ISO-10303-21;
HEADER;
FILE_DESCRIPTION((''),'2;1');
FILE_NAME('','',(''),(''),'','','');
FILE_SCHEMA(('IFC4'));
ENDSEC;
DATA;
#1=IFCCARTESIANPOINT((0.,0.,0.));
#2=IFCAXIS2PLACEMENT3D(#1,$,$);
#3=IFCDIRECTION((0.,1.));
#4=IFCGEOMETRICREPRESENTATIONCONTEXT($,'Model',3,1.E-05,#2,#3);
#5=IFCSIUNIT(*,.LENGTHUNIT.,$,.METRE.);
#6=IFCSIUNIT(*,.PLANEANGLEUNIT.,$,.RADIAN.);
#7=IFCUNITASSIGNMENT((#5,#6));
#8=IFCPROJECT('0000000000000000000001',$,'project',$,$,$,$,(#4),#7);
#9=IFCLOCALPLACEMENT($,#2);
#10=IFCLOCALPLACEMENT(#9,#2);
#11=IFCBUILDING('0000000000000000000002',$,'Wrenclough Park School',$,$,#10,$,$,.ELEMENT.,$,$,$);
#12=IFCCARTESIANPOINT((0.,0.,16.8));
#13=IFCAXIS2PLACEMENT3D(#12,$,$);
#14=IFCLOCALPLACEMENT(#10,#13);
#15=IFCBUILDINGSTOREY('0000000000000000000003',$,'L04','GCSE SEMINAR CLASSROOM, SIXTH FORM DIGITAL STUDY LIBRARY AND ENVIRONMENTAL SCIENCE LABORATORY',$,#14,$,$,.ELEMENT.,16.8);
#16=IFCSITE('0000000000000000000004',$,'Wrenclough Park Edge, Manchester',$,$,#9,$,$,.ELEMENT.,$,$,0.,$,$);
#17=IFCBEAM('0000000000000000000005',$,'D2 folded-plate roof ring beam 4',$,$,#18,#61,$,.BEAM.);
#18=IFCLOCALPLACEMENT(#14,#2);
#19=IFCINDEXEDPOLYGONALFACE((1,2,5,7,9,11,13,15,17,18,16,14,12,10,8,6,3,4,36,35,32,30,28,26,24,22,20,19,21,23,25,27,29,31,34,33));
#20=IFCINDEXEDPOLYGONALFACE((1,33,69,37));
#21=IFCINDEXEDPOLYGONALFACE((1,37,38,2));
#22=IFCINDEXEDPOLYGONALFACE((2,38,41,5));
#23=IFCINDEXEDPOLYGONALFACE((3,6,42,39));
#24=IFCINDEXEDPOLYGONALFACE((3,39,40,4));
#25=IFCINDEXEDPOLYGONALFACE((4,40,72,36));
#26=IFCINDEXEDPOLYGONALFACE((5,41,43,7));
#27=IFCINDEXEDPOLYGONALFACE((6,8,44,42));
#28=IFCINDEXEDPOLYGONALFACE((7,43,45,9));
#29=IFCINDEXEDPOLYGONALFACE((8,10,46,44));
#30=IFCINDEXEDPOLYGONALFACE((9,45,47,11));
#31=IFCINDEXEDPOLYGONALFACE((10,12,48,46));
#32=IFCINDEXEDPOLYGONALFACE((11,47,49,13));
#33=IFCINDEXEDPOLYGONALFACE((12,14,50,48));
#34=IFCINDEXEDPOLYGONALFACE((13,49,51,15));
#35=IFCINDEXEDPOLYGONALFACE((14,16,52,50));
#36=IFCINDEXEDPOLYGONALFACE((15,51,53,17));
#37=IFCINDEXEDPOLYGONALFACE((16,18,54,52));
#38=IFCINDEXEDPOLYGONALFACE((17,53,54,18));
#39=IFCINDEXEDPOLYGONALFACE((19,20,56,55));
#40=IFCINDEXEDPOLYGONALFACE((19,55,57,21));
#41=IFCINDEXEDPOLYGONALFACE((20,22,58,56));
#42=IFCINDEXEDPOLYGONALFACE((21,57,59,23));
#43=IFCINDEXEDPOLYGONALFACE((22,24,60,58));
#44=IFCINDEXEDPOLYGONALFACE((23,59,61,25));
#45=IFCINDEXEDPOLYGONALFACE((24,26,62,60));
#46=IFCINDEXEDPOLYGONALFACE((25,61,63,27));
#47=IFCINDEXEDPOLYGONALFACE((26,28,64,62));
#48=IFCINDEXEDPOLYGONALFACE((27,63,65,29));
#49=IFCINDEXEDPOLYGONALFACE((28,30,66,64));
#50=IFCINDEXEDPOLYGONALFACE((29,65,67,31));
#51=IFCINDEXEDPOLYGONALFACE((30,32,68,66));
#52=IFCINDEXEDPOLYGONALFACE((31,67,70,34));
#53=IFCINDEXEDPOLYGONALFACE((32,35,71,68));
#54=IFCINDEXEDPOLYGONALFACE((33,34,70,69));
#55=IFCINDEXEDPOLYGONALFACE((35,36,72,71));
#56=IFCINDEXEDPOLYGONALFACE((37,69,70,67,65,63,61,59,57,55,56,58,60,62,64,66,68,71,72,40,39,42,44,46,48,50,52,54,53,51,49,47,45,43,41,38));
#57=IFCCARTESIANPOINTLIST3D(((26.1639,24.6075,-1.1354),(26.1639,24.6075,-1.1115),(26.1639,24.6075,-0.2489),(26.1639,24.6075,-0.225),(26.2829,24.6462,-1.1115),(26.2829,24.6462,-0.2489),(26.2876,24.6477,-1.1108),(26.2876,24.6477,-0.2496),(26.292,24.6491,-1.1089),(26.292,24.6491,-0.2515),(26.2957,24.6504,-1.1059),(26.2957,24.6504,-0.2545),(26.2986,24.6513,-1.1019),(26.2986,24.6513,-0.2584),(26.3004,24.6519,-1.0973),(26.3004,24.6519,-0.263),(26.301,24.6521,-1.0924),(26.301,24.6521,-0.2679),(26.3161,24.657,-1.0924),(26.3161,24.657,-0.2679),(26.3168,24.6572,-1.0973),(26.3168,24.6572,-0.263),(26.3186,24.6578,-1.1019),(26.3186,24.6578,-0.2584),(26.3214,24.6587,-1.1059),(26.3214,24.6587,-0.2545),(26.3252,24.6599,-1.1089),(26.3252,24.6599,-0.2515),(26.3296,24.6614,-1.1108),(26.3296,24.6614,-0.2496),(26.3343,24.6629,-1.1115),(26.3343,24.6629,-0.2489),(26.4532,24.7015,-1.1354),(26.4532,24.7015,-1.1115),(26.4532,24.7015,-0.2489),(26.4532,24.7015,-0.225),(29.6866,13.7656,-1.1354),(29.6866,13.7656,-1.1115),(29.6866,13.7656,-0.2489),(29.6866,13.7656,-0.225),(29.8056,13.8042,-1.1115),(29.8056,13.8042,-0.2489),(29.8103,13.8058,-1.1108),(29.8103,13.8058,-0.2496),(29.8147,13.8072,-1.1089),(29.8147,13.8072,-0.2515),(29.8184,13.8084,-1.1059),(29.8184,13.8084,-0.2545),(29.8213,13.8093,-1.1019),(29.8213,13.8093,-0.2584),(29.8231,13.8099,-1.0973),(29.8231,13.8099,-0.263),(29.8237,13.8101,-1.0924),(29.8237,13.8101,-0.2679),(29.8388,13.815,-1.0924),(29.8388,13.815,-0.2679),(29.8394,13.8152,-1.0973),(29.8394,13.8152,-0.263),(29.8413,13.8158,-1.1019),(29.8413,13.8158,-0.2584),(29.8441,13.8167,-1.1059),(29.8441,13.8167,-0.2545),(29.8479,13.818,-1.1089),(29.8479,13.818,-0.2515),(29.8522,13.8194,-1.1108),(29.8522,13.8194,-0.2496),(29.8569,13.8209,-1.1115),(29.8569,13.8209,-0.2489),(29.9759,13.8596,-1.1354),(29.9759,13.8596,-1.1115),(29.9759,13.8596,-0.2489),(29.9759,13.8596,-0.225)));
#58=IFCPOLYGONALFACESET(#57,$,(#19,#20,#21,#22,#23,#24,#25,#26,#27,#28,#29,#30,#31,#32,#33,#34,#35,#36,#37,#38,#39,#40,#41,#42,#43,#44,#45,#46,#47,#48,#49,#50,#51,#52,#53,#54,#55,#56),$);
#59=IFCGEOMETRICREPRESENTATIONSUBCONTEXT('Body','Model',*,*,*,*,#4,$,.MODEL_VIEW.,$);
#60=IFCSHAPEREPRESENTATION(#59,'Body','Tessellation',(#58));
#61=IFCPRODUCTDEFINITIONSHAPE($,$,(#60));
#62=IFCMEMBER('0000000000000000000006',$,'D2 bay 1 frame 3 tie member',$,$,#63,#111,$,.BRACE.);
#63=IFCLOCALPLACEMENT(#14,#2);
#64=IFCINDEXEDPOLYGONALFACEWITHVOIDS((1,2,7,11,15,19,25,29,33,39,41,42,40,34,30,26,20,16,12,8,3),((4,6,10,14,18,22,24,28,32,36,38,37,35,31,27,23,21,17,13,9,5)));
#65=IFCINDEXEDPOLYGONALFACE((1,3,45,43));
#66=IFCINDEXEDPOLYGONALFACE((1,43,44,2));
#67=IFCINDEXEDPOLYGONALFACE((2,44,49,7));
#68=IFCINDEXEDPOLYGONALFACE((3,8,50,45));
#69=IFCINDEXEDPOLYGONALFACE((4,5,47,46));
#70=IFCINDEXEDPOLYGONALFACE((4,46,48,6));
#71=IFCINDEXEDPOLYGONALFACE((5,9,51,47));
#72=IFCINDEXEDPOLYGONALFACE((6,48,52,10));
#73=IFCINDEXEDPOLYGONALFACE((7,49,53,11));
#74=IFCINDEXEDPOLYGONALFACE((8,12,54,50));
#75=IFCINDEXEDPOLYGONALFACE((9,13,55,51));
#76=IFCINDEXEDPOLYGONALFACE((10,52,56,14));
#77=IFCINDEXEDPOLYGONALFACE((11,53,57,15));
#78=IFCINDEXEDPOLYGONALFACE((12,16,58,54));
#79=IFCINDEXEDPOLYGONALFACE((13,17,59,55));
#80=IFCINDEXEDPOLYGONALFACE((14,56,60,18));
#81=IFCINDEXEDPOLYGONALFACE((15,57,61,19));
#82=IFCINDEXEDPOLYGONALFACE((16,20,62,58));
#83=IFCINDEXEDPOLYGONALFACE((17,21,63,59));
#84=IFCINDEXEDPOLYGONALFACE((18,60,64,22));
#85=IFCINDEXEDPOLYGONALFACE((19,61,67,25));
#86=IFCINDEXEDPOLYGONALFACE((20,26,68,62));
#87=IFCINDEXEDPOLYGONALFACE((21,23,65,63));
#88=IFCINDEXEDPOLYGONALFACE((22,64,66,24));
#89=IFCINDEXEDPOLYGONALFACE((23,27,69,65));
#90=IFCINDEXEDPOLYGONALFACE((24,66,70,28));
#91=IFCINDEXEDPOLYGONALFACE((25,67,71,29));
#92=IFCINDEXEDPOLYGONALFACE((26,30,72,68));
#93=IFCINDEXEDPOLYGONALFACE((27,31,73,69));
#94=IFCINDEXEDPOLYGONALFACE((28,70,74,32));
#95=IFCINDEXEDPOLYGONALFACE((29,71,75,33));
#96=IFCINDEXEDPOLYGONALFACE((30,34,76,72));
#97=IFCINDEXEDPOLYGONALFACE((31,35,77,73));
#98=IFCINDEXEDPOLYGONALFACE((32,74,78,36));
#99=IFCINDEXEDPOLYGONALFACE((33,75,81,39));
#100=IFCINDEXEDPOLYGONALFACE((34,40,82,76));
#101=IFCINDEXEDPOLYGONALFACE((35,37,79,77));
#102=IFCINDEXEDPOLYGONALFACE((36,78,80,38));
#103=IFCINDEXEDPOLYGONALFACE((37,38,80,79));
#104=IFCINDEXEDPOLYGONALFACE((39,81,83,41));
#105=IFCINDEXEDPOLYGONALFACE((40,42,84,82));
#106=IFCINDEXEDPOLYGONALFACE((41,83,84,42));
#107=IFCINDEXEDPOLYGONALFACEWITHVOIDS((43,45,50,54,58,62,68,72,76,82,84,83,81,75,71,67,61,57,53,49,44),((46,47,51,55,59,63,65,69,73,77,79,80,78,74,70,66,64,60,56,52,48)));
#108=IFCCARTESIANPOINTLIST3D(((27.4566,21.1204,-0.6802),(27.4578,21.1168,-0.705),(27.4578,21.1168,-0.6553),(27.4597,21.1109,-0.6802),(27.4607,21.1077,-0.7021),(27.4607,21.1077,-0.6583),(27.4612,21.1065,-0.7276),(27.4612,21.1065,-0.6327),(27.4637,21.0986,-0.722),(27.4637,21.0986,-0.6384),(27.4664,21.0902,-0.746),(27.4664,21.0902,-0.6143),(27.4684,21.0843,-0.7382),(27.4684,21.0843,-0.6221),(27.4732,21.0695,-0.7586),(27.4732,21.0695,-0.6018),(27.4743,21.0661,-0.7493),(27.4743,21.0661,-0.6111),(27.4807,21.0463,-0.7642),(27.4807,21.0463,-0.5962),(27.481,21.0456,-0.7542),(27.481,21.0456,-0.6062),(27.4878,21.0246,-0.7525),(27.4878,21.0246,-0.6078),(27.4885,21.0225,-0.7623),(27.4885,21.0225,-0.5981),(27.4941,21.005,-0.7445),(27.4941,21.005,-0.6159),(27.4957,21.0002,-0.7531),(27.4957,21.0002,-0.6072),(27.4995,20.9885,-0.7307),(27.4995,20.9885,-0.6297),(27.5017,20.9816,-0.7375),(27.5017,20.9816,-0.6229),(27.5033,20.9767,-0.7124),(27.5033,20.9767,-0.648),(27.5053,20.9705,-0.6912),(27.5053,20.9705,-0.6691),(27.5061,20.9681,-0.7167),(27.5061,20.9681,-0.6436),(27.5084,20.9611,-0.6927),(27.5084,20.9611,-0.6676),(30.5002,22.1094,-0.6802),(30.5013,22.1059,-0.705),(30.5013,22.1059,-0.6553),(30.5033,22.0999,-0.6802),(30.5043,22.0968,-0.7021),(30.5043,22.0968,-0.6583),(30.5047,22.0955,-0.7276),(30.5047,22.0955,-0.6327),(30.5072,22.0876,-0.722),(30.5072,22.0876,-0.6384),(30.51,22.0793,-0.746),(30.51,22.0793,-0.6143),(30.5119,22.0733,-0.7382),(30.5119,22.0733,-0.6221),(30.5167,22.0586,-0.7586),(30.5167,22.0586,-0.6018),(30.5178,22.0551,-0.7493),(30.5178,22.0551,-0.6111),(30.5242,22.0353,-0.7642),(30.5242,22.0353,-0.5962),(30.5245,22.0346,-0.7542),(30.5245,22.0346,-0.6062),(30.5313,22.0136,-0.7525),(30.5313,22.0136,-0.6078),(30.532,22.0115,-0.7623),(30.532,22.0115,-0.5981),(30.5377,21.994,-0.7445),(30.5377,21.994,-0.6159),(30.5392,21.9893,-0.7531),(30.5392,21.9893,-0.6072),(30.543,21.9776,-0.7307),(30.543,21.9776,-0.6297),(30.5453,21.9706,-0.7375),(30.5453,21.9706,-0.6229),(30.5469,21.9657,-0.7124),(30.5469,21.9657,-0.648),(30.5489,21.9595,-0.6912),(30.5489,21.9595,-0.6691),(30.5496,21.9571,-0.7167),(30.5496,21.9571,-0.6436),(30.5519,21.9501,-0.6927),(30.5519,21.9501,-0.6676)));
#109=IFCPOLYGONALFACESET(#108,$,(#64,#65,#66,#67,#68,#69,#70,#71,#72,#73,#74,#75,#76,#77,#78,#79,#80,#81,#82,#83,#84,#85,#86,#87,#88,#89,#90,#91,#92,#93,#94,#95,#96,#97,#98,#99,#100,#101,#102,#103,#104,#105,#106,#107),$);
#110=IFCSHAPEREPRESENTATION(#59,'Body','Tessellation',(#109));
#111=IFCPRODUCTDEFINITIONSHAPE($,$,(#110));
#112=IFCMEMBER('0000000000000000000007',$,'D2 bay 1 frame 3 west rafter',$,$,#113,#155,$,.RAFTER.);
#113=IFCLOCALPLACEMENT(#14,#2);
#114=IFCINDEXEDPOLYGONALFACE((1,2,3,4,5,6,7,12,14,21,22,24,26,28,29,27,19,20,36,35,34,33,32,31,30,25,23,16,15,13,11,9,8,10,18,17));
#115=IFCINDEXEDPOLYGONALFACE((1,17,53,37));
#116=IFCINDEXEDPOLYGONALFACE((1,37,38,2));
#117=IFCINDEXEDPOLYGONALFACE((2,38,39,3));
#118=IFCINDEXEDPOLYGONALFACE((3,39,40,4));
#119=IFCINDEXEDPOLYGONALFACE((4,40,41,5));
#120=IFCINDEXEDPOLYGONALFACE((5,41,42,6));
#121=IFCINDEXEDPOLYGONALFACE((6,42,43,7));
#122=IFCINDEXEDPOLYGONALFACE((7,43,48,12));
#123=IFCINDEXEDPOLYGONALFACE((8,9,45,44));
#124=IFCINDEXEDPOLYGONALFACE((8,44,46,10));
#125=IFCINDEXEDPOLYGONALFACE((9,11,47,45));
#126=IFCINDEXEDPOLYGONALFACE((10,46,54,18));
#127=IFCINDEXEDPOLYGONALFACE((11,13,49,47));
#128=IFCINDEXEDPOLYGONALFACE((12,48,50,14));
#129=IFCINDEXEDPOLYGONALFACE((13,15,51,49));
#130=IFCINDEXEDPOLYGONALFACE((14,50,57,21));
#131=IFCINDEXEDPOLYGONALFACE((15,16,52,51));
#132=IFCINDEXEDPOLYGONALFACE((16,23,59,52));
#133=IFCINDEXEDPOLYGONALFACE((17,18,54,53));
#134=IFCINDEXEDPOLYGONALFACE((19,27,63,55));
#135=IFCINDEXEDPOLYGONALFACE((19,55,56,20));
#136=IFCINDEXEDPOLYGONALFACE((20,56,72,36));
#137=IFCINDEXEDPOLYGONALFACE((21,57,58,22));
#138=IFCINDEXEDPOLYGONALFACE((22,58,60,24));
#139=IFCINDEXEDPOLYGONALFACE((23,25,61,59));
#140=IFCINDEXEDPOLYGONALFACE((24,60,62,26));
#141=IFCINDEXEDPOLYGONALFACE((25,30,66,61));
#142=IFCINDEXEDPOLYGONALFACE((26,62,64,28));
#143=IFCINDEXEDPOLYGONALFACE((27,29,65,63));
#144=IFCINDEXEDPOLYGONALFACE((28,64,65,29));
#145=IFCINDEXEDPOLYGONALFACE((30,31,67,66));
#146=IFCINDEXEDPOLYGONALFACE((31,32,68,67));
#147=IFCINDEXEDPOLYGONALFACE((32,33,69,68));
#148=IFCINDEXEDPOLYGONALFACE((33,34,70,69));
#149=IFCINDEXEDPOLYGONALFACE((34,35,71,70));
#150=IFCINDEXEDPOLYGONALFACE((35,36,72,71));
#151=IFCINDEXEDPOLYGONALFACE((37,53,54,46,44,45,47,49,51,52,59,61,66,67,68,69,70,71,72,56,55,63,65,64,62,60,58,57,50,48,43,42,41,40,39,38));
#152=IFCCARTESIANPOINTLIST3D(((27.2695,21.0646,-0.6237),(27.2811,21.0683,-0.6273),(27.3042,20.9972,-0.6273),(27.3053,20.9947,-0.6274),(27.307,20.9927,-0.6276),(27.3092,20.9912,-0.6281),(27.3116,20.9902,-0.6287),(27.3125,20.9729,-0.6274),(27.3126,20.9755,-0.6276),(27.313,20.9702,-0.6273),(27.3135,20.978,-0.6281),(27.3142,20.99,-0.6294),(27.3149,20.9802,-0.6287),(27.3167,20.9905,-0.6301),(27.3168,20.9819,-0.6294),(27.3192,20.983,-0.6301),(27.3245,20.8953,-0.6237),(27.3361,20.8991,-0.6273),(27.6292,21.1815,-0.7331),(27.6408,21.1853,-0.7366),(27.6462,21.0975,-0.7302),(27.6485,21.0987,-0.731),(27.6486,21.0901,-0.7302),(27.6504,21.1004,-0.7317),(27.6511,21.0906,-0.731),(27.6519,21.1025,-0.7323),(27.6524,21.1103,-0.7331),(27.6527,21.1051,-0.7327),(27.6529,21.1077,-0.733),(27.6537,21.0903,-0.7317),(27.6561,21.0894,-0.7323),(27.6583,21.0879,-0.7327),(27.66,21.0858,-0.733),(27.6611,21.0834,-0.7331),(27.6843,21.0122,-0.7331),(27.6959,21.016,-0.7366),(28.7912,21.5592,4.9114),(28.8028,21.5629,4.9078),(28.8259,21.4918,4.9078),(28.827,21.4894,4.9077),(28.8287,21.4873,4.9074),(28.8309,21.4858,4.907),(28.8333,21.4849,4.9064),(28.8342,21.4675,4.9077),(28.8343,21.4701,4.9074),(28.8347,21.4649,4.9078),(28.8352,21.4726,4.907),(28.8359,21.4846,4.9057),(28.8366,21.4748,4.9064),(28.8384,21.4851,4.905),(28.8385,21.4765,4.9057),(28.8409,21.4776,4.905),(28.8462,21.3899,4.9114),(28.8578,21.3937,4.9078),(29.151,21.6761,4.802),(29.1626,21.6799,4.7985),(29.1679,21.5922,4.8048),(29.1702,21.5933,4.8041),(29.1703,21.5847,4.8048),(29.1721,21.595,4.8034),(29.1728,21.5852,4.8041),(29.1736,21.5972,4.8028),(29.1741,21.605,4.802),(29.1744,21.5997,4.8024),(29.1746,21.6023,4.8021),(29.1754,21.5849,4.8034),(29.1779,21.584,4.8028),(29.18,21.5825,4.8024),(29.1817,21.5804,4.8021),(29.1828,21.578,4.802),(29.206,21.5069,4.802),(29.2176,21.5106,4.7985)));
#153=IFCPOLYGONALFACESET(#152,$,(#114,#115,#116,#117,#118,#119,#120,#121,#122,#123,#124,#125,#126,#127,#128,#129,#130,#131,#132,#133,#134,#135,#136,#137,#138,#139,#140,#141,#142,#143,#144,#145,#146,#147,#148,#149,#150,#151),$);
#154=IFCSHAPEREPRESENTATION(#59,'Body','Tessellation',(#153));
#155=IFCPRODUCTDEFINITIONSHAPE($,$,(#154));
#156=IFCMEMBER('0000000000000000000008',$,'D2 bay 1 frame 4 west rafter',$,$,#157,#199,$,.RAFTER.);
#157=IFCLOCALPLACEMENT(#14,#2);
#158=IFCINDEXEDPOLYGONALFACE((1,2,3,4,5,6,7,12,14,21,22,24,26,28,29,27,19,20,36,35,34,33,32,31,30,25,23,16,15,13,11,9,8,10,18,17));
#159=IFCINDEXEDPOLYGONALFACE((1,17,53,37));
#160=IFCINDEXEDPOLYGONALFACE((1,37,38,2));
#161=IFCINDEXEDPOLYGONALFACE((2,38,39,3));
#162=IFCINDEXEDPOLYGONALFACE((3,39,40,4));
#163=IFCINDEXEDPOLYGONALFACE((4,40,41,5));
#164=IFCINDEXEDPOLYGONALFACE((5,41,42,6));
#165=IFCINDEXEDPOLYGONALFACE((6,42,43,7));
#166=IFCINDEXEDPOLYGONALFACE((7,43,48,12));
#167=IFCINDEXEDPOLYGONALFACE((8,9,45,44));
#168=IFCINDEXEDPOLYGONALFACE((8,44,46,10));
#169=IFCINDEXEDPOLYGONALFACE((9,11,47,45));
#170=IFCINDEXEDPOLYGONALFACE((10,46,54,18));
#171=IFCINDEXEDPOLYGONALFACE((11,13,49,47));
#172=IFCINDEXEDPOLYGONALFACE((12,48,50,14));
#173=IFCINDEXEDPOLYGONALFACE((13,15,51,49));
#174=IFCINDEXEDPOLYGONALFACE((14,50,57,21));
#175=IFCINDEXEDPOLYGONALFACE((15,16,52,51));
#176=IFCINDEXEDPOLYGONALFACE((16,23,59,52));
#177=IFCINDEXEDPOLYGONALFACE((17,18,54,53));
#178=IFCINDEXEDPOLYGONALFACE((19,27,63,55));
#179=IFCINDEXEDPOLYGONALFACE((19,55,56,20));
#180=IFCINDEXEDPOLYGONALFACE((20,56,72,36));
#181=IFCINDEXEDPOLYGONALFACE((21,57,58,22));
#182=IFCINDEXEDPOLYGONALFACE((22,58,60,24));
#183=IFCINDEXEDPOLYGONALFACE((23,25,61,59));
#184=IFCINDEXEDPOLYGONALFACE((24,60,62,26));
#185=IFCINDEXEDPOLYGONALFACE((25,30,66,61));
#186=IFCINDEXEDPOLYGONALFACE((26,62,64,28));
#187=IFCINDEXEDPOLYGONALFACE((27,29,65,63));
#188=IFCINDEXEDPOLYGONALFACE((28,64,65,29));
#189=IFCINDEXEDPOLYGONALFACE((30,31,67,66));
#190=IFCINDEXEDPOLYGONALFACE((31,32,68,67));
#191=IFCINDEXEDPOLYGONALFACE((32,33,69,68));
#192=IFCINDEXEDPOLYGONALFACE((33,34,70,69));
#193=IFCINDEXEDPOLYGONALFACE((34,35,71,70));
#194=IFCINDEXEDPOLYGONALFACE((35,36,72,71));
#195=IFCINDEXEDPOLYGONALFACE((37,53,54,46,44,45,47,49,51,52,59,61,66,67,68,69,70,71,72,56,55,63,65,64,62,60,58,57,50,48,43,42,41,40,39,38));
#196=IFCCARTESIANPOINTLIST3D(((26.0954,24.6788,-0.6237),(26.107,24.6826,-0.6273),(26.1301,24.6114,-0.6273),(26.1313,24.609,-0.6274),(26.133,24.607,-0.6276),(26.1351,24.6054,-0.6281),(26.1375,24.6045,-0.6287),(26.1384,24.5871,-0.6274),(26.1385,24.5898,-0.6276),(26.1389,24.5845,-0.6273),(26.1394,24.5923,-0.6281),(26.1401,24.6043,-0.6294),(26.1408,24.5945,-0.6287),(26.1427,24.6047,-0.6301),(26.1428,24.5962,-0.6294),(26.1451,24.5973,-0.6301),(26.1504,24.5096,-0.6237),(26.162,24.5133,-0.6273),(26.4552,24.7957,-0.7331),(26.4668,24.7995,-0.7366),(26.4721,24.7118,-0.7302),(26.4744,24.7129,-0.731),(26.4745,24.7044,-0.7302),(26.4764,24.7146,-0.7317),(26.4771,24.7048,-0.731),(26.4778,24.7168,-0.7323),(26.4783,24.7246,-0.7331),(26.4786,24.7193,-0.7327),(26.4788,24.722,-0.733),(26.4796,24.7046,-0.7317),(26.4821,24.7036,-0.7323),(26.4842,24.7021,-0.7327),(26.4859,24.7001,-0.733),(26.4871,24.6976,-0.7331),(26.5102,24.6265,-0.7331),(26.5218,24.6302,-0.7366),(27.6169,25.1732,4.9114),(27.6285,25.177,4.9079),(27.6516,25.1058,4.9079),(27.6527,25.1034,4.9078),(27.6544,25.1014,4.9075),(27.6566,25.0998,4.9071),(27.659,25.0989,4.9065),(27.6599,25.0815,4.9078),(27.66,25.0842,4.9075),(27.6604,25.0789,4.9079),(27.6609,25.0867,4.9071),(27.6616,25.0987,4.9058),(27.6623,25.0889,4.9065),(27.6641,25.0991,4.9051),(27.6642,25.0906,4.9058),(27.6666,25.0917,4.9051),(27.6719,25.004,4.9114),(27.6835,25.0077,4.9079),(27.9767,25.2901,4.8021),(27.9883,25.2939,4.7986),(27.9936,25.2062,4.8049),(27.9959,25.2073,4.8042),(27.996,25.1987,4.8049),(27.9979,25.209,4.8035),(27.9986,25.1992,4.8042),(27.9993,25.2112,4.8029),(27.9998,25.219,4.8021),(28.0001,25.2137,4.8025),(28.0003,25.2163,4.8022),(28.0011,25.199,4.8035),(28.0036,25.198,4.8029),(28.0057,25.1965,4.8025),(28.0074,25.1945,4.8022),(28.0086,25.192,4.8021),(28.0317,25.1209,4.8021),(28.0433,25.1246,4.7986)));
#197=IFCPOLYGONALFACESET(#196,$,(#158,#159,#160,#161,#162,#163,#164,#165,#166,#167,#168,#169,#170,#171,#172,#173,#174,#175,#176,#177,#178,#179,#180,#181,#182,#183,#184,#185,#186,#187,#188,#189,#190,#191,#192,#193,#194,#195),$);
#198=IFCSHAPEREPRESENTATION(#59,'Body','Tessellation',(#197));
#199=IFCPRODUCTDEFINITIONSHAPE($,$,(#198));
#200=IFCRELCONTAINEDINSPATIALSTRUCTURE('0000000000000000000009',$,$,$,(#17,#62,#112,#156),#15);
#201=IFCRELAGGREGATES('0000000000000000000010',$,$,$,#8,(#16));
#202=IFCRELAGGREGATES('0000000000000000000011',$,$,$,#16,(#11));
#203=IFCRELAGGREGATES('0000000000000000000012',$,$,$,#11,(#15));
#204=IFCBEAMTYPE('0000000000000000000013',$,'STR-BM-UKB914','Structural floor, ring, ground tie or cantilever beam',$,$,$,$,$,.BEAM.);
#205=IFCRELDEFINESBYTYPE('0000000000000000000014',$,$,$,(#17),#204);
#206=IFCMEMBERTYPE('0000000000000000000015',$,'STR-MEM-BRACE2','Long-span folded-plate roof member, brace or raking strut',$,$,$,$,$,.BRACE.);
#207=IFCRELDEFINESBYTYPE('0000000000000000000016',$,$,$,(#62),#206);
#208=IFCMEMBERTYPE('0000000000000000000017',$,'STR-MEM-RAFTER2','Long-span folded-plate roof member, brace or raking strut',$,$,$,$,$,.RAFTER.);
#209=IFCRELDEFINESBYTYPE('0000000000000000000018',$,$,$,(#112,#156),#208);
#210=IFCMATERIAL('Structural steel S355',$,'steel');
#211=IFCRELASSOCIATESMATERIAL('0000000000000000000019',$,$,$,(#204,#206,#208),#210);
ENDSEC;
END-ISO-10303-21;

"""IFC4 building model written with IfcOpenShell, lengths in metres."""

from ifc_helpers import new_model, si_unit, direction, frame, origin, origin_2d, place, context, subcontext, project, spatial, hollow_circle, i_section, extrude, material, material_profile, profile_set, type_object, element, save


model = new_model("IFC4")

# Units and contexts
model_context = context("Model", 3, precision=1e-05, world=origin(), true_north=direction((0.0, 1.0)))
body_context = subcontext(model_context, "Body", "Model", "MODEL_VIEW")
ifc_project = project(units=[si_unit("LENGTHUNIT", "METRE"), si_unit("PLANEANGLEUNIT", "RADIAN")], contexts=[model_context])

# Site, building, storey
site_placement = place(None, origin())
site = spatial("IfcSite", under=ifc_project, at=site_placement, Name="Wrenclough Park Edge, Manchester", CompositionType="ELEMENT", RefElevation=0.0)
building_placement = place(site_placement, origin())
building = spatial("IfcBuilding", under=site, at=building_placement, Name="Wrenclough Park School", CompositionType="ELEMENT")
storey_placement = place(building_placement, frame((0.0, 0.0, 16.8)))
storey = spatial("IfcBuildingStorey", under=building, at=storey_placement, Name="L04", Description="GCSE SEMINAR CLASSROOM, SIXTH FORM DIGITAL STUDY LIBRARY AND ENVIRONMENTAL SCIENCE LABORATORY", CompositionType="ELEMENT", Elevation=16.8)

# Beam
ifc_material_1 = material(Name="Structural steel S355", Category="steel")
ifc_material_profile_1 = material_profile(ifc_material_1, i_section(OverallWidth=0.3042, OverallDepth=0.9104, WebThickness=0.0159, FlangeThickness=0.0239, FilletRadius=0.019, at=origin_2d()), Name="UKB 914x305x224")
ifc_profile_set_1 = profile_set([ifc_material_profile_1], Name="Structural steel S355")
beam_type_1 = type_object("IfcBeamType", Name="STR-BM-UKB914", Description="Structural floor, ring, ground tie or cantilever beam", PredefinedType="BEAM", material=ifc_profile_set_1)
beam_1_placement = place(storey_placement, frame((26.3086, 24.6545, -0.6802), z_axis=(0.30901, -0.951059, 0.0), x_axis=(0.951059, 0.30901, 0.0)))
element("IfcBeam", 1, at=beam_1_placement, inside=storey, type_object=beam_type_1, Name="D2 folded-plate roof ring beam 4", PredefinedType="BEAM", context=body_context, shape_type="SweptSolid", body=[
    extrude(i_section(OverallWidth=0.3042, OverallDepth=0.9104, WebThickness=0.0159, FlangeThickness=0.0239, FilletRadius=0.019, at=origin_2d()), origin(), (0.0, 0.0, 1.0), 11.3999),
])

# Members
ifc_material_profile_2 = material_profile(ifc_material_1, hollow_circle(Radius=0.0842, WallThickness=0.01, at=origin_2d()), Name="CHS 168.3x10.0")
ifc_profile_set_2 = profile_set([ifc_material_profile_2], Name="Structural steel S355")
member_type_1 = type_object("IfcMemberType", Name="STR-MEM-BRACE2", Description="Long-span folded-plate roof member, brace or raking strut", PredefinedType="BRACE", material=ifc_profile_set_2)
member_placement = place(storey_placement, frame((27.4827, 21.0403, -0.6802), z_axis=(0.951044, 0.309055, 0.0), x_axis=(-0.309055, 0.951044, 0.0)))
element("IfcMember", 2, at=member_placement, inside=storey, type_object=member_type_1, Name="D2 bay 1 frame 3 tie member", PredefinedType="BRACE", context=body_context, shape_type="SweptSolid", body=[
    extrude(hollow_circle(Radius=0.0842, WallThickness=0.01, at=origin_2d()), origin(), (0.0, 0.0, 1.0), 3.2002),
])
ifc_material_profile_3 = material_profile(ifc_material_1, i_section(OverallWidth=0.178, OverallDepth=0.4065, WebThickness=0.0078, FlangeThickness=0.0127, FilletRadius=0.0103, at=origin_2d()), Name="UKB 406x178x60")
ifc_profile_set_3 = profile_set([ifc_material_profile_3], Name="Structural steel S355")
member_type_2 = type_object("IfcMemberType", Name="STR-MEM-RAFTER2", Description="Long-span folded-plate roof member, brace or raking strut", PredefinedType="RAFTER", material=ifc_profile_set_3)
for number, where, z_axis, x_axis, name in (
    (3, (27.4827, 21.0403, -0.6802), (0.264107, 0.085846, 0.960665), (-0.309124, 0.951022, 0.0), "D2 bay 1 frame 3 west rafter"),
    (4, (26.3086, 24.6545, -0.6802), (0.264068, 0.085805, 0.96068), (-0.309031, 0.951052, 0.0), "D2 bay 1 frame 4 west rafter"),
):
    element("IfcMember", number, at=place(storey_placement, frame(where, z_axis=z_axis, x_axis=x_axis)), inside=storey, type_object=member_type_2, Name=name, PredefinedType="RAFTER", context=body_context, shape_type="SweptSolid", body=[
        extrude(i_section(OverallWidth=0.178, OverallDepth=0.4065, WebThickness=0.0078, FlangeThickness=0.0127, FilletRadius=0.0103, at=origin_2d()), origin(), (0.0, 0.0, 1.0), 5.7617),
    ])

save(model, "model.ifc")
